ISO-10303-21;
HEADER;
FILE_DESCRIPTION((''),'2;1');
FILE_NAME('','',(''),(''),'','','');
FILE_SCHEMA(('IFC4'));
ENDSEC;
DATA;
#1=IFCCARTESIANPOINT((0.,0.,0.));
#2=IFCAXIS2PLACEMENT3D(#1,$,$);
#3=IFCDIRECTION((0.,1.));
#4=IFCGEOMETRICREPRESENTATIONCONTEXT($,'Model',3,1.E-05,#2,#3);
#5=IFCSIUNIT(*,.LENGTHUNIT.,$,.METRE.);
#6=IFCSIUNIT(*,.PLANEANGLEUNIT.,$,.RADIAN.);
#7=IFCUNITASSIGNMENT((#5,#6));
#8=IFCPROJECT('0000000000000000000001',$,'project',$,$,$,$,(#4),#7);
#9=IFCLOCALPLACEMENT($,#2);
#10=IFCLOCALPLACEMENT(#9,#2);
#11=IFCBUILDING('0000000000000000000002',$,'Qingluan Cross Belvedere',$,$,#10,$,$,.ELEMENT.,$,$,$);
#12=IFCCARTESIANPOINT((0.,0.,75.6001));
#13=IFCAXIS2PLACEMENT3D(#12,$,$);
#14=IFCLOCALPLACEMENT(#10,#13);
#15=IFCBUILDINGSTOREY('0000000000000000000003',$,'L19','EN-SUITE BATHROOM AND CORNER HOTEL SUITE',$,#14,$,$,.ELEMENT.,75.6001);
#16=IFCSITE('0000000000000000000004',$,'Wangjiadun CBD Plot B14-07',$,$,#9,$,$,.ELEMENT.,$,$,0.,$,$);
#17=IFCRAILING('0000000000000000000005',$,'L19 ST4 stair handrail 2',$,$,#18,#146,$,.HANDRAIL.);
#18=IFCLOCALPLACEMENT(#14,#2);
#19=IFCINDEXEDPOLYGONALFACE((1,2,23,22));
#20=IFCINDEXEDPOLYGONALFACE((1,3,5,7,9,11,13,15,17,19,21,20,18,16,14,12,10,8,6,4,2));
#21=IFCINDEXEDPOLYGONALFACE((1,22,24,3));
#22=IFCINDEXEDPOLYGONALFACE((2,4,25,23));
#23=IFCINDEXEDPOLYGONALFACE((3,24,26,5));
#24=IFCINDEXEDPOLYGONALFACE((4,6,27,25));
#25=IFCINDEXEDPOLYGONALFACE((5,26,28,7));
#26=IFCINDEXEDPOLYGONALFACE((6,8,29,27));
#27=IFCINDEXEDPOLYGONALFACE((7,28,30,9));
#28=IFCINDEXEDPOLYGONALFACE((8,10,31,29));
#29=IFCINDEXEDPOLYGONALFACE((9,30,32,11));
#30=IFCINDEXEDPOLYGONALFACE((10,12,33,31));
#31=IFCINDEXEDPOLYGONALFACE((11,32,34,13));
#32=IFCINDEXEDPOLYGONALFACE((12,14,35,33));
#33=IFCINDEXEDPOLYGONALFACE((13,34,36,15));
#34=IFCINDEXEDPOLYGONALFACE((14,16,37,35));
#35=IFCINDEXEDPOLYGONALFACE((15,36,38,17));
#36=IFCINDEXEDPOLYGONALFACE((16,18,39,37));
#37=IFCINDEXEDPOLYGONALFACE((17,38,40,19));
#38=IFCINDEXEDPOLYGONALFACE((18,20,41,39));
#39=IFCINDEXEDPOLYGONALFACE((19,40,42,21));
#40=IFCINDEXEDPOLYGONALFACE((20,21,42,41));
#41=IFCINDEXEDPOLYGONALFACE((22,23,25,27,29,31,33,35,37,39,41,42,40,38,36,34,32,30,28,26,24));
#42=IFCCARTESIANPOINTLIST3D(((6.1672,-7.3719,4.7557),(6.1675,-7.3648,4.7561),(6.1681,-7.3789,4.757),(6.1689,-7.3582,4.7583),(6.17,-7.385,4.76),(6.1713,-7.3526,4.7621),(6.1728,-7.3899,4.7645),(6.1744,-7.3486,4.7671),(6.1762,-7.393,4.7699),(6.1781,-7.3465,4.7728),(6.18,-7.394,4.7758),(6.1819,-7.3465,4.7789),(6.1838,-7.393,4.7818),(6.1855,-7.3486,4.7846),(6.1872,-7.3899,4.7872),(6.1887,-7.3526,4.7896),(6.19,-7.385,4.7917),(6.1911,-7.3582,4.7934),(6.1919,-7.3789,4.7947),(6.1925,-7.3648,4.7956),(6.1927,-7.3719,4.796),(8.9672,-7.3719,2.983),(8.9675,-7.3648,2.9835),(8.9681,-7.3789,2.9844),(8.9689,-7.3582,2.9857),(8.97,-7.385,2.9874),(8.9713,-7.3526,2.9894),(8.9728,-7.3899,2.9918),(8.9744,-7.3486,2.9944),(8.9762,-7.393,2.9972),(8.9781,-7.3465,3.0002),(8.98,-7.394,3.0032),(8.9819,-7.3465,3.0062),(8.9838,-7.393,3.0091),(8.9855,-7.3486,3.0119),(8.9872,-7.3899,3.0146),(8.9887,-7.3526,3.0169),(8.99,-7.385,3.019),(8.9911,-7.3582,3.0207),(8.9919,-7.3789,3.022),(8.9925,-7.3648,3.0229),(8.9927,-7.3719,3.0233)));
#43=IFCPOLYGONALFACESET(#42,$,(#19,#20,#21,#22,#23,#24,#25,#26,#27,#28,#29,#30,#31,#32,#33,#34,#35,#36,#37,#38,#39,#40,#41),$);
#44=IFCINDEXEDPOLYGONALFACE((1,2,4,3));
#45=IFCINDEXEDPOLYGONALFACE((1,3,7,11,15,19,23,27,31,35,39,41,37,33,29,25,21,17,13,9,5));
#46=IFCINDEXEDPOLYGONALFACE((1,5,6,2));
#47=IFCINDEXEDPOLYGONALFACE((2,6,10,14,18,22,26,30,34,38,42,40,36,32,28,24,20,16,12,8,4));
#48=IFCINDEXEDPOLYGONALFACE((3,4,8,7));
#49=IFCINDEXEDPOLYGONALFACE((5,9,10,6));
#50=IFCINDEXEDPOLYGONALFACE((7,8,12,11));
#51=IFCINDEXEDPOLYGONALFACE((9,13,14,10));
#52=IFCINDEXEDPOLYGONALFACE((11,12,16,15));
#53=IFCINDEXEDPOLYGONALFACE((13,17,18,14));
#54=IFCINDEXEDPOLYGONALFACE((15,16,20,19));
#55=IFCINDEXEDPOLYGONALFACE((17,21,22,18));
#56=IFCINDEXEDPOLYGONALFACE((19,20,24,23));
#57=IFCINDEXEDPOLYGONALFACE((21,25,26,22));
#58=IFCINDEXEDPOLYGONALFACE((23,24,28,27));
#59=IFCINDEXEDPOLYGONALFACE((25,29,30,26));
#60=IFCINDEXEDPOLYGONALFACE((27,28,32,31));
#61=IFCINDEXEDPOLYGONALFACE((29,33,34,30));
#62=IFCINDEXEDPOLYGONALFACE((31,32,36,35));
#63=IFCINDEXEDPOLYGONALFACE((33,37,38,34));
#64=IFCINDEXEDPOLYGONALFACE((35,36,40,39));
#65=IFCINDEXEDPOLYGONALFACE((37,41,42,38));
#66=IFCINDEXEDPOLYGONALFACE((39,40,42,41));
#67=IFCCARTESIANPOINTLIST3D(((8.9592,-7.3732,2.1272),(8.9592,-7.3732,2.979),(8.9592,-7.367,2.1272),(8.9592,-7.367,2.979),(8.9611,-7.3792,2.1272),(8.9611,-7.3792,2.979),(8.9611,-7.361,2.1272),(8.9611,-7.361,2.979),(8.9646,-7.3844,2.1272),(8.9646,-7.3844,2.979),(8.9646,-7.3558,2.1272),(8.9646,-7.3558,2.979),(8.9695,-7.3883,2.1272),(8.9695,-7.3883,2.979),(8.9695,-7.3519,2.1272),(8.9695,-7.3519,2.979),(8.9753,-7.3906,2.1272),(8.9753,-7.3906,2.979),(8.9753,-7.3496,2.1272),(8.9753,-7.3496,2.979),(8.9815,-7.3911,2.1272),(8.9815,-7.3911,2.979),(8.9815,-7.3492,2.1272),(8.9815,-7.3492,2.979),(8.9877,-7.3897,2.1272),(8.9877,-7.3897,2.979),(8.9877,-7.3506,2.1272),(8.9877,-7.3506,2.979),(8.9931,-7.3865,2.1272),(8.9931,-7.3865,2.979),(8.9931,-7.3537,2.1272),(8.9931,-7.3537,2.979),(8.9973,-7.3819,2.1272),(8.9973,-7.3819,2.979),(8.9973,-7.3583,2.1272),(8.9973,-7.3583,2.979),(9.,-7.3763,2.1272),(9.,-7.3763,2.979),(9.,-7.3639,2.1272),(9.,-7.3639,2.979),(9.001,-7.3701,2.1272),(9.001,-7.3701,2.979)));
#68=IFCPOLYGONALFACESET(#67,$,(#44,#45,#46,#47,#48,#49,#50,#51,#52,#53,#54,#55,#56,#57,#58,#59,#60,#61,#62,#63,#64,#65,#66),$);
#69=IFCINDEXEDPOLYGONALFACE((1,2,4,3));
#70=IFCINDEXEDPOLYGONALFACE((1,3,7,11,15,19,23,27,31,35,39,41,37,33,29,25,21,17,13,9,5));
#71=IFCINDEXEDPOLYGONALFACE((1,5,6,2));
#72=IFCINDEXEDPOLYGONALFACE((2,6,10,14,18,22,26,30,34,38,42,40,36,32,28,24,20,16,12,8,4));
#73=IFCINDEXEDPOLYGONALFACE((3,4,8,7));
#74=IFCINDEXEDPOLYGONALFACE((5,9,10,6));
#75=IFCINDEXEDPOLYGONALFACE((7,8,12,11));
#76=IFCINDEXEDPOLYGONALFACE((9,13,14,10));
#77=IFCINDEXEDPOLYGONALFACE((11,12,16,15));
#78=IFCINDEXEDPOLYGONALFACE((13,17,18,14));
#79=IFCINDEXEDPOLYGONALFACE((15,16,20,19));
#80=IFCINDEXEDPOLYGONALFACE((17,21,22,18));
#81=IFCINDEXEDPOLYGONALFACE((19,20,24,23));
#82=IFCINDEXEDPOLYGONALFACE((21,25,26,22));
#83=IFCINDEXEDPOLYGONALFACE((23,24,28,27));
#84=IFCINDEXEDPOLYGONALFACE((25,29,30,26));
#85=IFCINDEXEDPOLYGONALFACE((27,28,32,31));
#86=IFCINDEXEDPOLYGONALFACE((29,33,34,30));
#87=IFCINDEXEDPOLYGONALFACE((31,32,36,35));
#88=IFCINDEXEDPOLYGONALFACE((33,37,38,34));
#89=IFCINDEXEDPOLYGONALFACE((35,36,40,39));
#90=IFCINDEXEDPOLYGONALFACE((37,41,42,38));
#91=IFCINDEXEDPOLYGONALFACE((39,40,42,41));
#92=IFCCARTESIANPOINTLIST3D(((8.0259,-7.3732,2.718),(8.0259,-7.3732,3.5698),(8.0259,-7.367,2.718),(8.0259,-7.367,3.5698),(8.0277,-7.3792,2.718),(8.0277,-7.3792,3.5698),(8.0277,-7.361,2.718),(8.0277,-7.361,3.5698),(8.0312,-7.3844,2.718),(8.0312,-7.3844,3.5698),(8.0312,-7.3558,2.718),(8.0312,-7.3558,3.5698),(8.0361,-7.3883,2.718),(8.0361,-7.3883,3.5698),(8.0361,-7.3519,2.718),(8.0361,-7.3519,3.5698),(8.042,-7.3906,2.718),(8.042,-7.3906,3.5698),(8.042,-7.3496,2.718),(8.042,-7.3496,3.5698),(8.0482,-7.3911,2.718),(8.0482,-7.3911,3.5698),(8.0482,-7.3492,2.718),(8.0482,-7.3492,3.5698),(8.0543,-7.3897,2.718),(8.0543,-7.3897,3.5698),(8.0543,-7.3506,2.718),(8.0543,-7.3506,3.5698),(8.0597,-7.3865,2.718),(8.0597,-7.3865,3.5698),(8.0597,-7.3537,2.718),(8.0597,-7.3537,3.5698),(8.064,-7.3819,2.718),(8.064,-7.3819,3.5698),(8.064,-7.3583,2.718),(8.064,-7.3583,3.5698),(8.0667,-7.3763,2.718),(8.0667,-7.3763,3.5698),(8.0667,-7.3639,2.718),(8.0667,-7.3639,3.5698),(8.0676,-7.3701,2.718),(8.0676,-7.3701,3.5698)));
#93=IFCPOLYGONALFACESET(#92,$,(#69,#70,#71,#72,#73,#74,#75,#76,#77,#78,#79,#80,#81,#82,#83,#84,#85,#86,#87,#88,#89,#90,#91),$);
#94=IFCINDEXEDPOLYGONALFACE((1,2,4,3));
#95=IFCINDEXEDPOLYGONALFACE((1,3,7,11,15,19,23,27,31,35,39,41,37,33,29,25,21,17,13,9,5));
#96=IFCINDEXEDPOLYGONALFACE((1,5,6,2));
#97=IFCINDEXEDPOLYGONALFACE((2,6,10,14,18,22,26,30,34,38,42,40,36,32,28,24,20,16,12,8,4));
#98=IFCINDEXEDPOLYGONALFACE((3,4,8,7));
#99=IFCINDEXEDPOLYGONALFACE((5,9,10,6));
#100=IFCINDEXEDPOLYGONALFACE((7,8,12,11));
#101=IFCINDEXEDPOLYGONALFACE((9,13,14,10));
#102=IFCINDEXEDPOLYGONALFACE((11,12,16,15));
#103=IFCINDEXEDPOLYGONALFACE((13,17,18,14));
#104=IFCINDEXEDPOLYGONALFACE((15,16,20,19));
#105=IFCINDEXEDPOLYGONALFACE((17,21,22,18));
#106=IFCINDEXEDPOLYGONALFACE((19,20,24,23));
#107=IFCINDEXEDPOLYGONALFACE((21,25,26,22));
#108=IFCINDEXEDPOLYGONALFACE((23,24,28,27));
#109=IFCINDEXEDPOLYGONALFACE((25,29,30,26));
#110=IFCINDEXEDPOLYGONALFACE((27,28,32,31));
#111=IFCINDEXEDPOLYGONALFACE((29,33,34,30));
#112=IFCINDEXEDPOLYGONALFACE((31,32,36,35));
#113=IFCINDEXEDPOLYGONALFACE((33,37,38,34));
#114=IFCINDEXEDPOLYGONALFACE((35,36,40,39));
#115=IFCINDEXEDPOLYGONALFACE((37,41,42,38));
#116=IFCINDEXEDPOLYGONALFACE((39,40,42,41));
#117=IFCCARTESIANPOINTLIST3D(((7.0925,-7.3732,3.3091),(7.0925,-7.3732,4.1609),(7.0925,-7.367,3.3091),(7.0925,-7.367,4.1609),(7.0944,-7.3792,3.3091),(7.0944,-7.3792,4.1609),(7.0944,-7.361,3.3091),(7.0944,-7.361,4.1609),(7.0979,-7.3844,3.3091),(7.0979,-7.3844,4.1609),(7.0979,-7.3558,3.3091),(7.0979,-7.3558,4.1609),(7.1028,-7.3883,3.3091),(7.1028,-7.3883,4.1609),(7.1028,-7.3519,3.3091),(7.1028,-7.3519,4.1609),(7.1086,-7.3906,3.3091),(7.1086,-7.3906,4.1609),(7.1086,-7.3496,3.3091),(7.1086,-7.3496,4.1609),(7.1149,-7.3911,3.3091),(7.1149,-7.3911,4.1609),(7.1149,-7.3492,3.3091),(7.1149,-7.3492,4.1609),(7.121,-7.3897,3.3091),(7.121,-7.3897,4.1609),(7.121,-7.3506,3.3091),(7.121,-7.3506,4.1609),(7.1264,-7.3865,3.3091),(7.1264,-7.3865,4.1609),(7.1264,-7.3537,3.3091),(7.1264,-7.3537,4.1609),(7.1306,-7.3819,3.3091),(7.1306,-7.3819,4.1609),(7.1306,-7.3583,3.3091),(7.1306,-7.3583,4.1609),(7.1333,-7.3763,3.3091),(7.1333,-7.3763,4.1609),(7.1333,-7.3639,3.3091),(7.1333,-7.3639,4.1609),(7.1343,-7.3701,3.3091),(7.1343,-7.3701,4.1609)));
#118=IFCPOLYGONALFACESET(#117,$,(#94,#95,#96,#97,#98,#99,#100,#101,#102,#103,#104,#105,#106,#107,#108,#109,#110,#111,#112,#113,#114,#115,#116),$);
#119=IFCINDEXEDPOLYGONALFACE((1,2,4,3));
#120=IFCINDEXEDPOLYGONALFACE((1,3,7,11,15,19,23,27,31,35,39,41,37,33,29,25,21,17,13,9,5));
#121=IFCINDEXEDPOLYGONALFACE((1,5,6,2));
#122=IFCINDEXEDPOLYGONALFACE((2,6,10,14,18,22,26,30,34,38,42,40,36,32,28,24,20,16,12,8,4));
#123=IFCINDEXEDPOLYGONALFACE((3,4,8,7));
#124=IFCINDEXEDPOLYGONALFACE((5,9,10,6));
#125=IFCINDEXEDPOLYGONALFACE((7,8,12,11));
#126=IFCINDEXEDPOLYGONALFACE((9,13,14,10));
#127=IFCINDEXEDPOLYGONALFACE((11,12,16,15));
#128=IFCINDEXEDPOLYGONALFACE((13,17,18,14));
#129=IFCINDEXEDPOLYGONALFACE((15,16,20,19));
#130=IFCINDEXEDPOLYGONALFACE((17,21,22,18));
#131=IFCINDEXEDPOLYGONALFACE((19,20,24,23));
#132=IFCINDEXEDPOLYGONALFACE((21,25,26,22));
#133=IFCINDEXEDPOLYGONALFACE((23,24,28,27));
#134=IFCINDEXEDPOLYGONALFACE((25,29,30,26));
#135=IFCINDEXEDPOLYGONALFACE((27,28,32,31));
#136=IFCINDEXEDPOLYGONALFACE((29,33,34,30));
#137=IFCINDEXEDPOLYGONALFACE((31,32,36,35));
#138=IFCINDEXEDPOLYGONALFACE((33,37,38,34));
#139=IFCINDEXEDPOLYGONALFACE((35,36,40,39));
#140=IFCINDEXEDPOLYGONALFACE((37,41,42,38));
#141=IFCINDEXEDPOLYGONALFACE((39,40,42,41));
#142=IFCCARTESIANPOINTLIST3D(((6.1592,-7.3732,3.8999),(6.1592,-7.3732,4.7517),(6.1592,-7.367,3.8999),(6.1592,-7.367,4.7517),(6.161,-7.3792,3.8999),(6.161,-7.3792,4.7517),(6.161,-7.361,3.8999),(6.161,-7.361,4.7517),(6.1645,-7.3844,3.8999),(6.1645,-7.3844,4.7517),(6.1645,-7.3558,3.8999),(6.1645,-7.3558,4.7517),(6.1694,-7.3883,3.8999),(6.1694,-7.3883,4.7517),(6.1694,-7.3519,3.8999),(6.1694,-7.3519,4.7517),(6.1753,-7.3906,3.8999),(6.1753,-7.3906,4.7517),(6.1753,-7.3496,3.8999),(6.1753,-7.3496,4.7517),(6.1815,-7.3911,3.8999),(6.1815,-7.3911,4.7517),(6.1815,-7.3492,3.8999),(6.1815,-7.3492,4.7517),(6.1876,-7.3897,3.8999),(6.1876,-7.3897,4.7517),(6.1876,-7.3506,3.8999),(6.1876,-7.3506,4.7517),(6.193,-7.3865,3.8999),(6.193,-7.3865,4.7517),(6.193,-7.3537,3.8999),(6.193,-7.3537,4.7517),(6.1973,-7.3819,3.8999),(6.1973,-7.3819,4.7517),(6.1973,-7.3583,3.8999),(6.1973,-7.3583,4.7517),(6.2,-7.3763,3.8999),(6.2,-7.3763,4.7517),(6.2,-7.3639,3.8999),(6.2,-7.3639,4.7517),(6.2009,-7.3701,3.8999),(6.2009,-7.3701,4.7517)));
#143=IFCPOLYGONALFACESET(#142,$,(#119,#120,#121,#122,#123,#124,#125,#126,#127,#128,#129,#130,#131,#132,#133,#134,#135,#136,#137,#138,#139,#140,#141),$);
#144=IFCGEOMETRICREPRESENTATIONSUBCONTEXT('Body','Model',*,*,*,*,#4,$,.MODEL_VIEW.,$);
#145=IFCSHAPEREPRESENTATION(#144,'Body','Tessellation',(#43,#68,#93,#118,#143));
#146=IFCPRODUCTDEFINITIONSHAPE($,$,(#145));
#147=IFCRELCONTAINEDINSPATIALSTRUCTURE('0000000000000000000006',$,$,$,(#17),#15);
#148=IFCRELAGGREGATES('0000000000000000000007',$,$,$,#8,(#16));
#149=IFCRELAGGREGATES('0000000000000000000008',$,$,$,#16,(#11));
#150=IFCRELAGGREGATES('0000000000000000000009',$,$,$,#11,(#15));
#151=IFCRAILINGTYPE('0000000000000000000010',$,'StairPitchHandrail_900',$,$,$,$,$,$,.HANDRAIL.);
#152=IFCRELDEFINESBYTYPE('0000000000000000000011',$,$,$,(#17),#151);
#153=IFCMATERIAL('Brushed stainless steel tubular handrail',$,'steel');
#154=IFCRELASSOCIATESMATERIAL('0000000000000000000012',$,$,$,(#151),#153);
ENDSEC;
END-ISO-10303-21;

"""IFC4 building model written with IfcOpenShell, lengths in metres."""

from ifc_helpers import new_model, si_unit, direction, frame, origin, origin_2d, place, context, subcontext, project, spatial, circle, extrude, material, type_object, element, save


model = new_model("IFC4")

# Units and contexts
model_context = context("Model", 3, precision=1e-05, world=origin(), true_north=direction((0.0, 1.0)))
body_context = subcontext(model_context, "Body", "Model", "MODEL_VIEW")
ifc_project = project(units=[si_unit("LENGTHUNIT", "METRE"), si_unit("PLANEANGLEUNIT", "RADIAN")], contexts=[model_context])

# Site, building, storey
site_placement = place(None, origin())
site = spatial("IfcSite", under=ifc_project, at=site_placement, Name="Wangjiadun CBD Plot B14-07", CompositionType="ELEMENT", RefElevation=0.0)
building_placement = place(site_placement, origin())
building = spatial("IfcBuilding", under=site, at=building_placement, Name="Qingluan Cross Belvedere", CompositionType="ELEMENT")
storey_placement = place(building_placement, frame((0.0, 0.0, 75.6001)))
storey = spatial("IfcBuildingStorey", under=building, at=storey_placement, Name="L19", Description="EN-SUITE BATHROOM AND CORNER HOTEL SUITE", CompositionType="ELEMENT", Elevation=75.6001)

# Railing
ifc_material_1 = material(Name="Brushed stainless steel tubular handrail", Category="steel")
railing_type_1 = type_object("IfcRailingType", Name="StairPitchHandrail_900", PredefinedType="HANDRAIL", material=ifc_material_1)
railing_1_placement = place(storey_placement, frame((8.98, -7.3701, 2.1272)))
element("IfcRailing", 1, at=railing_1_placement, inside=storey, type_object=railing_type_1, Name="L19 ST4 stair handrail 2", PredefinedType="HANDRAIL", context=body_context, shape_type="SweptSolid", body=[
    extrude(circle(Radius=0.0239, at=origin_2d()), frame((0.0, 0.0, 0.876), z_axis=(-0.844909, 0.0, 0.53491), x_axis=(0.0, -1.0, 0.0)), (0.0, 0.0, 1.0), 3.314),
    extrude(circle(Radius=0.021, at=origin_2d()), origin(), (0.0, 0.0, 1.0), 0.8518),
    extrude(circle(Radius=0.021, at=origin_2d()), frame((-0.9333, 0.0, 0.5908)), (0.0, 0.0, 1.0), 0.8518),
    extrude(circle(Radius=0.021, at=origin_2d()), frame((-1.8667, 0.0, 1.1819)), (0.0, 0.0, 1.0), 0.8518),
    extrude(circle(Radius=0.021, at=origin_2d()), frame((-2.8, 0.0, 1.7727)), (0.0, 0.0, 1.0), 0.8518),
])

save(model, "model.ifc")
